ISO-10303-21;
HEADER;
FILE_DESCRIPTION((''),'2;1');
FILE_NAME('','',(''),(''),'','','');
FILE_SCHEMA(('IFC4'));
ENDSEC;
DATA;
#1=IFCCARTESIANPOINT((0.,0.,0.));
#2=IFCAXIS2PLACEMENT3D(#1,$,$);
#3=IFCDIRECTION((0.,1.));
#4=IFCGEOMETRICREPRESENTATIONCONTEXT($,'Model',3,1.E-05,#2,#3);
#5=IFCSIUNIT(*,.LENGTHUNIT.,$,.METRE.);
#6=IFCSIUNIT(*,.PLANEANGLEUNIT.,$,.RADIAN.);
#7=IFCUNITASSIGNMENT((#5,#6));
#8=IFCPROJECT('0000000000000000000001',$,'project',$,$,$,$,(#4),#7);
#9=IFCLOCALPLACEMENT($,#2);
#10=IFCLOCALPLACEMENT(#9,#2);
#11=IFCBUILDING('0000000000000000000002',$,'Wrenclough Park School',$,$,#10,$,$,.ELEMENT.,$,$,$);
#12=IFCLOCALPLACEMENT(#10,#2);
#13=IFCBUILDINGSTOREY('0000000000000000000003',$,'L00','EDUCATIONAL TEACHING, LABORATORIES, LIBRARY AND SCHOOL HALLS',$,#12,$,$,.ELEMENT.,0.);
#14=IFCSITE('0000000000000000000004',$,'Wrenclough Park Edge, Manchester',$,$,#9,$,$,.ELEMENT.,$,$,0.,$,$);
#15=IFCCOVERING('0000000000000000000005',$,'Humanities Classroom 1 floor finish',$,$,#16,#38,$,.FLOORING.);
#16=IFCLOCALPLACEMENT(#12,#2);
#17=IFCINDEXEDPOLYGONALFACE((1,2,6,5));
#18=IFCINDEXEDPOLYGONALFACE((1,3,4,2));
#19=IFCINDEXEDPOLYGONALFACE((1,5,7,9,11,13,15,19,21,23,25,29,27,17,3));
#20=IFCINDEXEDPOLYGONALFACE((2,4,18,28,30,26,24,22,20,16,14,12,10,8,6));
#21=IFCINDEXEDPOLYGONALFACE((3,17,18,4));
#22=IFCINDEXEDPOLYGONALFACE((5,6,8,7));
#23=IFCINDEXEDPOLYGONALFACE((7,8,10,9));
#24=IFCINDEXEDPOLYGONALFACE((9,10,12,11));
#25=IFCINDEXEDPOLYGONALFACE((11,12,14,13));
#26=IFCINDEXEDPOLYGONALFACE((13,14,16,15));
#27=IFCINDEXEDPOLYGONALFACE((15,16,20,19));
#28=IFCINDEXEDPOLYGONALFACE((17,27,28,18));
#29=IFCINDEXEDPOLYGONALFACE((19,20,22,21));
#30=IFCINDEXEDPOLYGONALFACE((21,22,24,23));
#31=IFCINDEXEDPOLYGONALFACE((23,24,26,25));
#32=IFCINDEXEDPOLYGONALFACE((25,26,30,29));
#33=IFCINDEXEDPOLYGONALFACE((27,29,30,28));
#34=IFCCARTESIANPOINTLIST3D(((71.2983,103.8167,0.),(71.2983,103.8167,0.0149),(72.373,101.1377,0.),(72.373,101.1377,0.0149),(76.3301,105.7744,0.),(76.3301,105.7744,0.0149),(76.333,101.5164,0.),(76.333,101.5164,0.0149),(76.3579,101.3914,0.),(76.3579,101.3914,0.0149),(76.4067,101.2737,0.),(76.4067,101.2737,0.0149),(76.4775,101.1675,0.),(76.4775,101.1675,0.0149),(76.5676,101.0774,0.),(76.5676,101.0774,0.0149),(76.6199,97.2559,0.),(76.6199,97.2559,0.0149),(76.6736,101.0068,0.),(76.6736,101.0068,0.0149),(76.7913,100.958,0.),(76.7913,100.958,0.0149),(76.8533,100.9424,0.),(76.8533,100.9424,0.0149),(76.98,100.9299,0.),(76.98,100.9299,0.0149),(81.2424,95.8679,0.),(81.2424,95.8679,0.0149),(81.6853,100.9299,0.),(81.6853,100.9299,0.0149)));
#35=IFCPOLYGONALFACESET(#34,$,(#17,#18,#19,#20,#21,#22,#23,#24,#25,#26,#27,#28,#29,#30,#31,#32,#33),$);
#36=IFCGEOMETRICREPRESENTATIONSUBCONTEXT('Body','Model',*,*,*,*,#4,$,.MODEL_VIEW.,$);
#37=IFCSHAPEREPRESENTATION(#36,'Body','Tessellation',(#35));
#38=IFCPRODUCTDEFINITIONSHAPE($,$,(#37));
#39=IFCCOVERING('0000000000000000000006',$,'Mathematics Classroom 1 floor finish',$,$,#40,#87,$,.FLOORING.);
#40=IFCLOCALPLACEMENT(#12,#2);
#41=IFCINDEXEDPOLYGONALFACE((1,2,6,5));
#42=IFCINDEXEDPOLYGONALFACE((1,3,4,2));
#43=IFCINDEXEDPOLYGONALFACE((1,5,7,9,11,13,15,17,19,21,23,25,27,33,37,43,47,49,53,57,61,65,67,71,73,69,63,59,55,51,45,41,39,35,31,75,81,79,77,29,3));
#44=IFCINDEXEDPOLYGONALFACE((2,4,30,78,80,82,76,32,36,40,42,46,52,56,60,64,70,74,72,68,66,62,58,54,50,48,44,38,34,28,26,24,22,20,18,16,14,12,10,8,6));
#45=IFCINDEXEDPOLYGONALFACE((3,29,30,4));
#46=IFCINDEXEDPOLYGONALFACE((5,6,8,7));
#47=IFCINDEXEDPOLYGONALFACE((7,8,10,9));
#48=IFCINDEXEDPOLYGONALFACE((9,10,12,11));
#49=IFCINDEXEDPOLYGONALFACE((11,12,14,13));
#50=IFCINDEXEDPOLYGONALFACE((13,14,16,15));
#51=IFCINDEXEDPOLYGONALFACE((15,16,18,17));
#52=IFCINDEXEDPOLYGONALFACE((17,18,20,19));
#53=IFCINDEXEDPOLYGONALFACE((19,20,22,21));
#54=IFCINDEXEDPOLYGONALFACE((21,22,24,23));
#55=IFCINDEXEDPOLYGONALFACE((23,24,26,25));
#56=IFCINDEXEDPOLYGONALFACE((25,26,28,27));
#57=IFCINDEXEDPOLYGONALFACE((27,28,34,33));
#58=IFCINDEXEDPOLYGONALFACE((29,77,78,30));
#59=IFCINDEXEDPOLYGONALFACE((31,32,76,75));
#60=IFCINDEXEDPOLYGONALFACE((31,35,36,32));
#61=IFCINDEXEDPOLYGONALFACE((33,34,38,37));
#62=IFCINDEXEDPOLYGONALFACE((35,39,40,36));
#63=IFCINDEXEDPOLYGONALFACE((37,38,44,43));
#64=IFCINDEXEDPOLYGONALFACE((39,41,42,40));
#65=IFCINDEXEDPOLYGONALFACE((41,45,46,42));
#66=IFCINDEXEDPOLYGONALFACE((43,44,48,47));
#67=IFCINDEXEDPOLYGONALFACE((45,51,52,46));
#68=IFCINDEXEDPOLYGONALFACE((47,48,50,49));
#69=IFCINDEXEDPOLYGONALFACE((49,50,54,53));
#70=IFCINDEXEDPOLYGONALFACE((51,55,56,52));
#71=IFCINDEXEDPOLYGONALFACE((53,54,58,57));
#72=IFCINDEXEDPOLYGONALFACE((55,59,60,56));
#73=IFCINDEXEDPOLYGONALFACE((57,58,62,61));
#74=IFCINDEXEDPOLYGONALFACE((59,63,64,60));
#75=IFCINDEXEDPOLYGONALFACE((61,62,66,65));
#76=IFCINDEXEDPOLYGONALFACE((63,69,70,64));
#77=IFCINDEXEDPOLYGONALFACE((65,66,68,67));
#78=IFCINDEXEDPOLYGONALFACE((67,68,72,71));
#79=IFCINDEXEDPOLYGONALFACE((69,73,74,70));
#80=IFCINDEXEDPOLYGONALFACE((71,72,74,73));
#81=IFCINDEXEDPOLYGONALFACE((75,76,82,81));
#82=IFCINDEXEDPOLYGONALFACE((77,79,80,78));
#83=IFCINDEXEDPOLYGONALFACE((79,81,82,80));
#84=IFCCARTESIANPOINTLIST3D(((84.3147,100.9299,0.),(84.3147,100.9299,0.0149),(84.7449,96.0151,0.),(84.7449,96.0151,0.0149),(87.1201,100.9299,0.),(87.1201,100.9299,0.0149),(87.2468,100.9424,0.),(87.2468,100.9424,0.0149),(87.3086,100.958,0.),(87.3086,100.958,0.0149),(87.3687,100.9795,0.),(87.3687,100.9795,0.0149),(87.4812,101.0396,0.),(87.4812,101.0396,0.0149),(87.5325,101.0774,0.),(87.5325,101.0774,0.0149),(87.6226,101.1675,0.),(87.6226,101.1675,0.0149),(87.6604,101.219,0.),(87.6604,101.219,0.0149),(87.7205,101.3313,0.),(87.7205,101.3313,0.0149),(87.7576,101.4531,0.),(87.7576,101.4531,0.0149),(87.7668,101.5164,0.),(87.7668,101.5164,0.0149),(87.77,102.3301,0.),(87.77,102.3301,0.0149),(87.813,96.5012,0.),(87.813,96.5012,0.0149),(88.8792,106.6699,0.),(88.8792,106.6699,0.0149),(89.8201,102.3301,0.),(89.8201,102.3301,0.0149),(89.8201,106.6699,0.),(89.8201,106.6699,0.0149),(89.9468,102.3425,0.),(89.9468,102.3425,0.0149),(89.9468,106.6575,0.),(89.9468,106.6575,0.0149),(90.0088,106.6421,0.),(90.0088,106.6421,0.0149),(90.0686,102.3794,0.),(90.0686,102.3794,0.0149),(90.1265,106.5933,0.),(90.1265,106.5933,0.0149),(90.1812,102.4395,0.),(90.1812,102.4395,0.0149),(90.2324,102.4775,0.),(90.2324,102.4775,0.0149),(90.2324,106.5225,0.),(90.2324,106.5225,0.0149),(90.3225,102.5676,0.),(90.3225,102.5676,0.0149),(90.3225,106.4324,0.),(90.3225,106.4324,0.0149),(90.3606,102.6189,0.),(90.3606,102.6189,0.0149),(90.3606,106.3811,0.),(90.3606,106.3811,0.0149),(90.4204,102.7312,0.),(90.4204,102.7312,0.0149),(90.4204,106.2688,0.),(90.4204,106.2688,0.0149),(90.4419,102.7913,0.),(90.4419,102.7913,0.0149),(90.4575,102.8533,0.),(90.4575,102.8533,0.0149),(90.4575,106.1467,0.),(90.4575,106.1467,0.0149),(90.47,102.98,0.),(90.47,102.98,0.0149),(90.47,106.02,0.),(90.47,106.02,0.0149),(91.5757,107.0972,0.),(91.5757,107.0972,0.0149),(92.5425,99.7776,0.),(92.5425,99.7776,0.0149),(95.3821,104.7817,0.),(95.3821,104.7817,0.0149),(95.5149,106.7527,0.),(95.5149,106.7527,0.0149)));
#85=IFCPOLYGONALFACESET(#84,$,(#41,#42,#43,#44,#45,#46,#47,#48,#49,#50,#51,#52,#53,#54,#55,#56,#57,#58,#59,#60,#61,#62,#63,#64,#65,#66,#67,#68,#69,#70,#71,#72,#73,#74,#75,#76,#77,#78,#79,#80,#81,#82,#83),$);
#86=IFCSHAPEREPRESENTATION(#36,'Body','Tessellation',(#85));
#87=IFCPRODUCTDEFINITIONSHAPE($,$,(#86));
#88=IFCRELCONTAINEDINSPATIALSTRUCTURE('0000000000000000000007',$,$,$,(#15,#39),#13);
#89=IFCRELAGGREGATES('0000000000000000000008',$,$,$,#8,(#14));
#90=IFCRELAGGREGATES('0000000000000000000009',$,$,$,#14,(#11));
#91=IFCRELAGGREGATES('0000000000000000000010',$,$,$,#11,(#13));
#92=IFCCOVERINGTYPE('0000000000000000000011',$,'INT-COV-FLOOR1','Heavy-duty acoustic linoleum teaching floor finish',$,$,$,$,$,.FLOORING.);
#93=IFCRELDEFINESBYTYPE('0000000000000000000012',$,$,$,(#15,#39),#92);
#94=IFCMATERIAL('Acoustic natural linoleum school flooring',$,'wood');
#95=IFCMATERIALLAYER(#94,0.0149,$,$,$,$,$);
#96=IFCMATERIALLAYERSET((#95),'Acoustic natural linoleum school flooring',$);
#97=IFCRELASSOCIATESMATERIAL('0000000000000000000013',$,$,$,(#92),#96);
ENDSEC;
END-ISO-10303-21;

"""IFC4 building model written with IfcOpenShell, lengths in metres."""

from ifc_helpers import new_model, si_unit, direction, origin, place, context, subcontext, project, spatial, polyline, outline, extrude, material, layer, layer_set, type_object, element, save


model = new_model("IFC4")

# Units and contexts
model_context = context("Model", 3, precision=1e-05, world=origin(), true_north=direction((0.0, 1.0)))
body_context = subcontext(model_context, "Body", "Model", "MODEL_VIEW")
ifc_project = project(units=[si_unit("LENGTHUNIT", "METRE"), si_unit("PLANEANGLEUNIT", "RADIAN")], contexts=[model_context])

# Site, building, storey
site_placement = place(None, origin())
site = spatial("IfcSite", under=ifc_project, at=site_placement, Name="Wrenclough Park Edge, Manchester", CompositionType="ELEMENT", RefElevation=0.0)
building_placement = place(site_placement, origin())
building = spatial("IfcBuilding", under=site, at=building_placement, Name="Wrenclough Park School", CompositionType="ELEMENT")
storey_placement = place(building_placement, origin())
storey = spatial("IfcBuildingStorey", under=building, at=storey_placement, Name="L00", Description="EDUCATIONAL TEACHING, LABORATORIES, LIBRARY AND SCHOOL HALLS", CompositionType="ELEMENT", Elevation=0.0)

# Coverings
ifc_material_1 = material(Name="Acoustic natural linoleum school flooring", Category="wood")
ifc_layer_1 = layer(ifc_material_1, 0.0149)
ifc_layer_set_1 = layer_set([ifc_layer_1], Name="Acoustic natural linoleum school flooring")
covering_type_1 = type_object("IfcCoveringType", Name="INT-COV-FLOOR1", Description="Heavy-duty acoustic linoleum teaching floor finish", PredefinedType="FLOORING", material=ifc_layer_set_1)
covering_1_placement = place(storey_placement, origin())
element("IfcCovering", 1, at=covering_1_placement, inside=storey, type_object=covering_type_1, Name="Humanities Classroom 1 floor finish", PredefinedType="FLOORING", context=body_context, shape_type="SweptSolid", body=[
    extrude(outline(polyline([(71.2983, 103.8167), (72.373, 101.1377), (76.6199, 97.2559), (81.2424, 95.8679), (81.6853, 100.9299), (76.98, 100.9299), (76.8533, 100.9424), (76.7913, 100.958), (76.6736, 101.0068), (76.5676, 101.0774), (76.4775, 101.1675), (76.4067, 101.2737), (76.3579, 101.3914), (76.333, 101.5164), (76.3301, 105.7744), (71.2983, 103.8167)])), origin(), (0.0, 0.0, 1.0), 0.0149),
])
covering_2_placement = place(storey_placement, origin())
element("IfcCovering", 2, at=covering_2_placement, inside=storey, type_object=covering_type_1, Name="Mathematics Classroom 1 floor finish", PredefinedType="FLOORING", context=body_context, shape_type="SweptSolid", body=[
    extrude(outline(polyline([(87.1201, 100.9299), (84.3147, 100.9299), (84.7449, 96.0151), (87.813, 96.5012), (92.5425, 99.7776), (95.3821, 104.7817), (95.5149, 106.7527), (91.5757, 107.0972), (88.8792, 106.6699), (89.8201, 106.6699), (89.9468, 106.6575), (90.0088, 106.6421), (90.1265, 106.5933), (90.2324, 106.5225), (90.3225, 106.4324), (90.3606, 106.3811), (90.4204, 106.2688), (90.4575, 106.1467), (90.47, 106.02), (90.47, 102.98), (90.4575, 102.8533), (90.4419, 102.7913), (90.4204, 102.7312), (90.3606, 102.6189), (90.3225, 102.5676), (90.2324, 102.4775), (90.1812, 102.4395), (90.0686, 102.3794), (89.9468, 102.3425), (89.8201, 102.3301), (87.77, 102.3301), (87.7668, 101.5164), (87.7576, 101.4531), (87.7205, 101.3313), (87.6604, 101.219), (87.6226, 101.1675), (87.5325, 101.0774), (87.4812, 101.0396), (87.3687, 100.9795), (87.3086, 100.958), (87.2468, 100.9424), (87.1201, 100.9299)])), origin(), (0.0, 0.0, 1.0), 0.0149),
])

save(model, "model.ifc")
